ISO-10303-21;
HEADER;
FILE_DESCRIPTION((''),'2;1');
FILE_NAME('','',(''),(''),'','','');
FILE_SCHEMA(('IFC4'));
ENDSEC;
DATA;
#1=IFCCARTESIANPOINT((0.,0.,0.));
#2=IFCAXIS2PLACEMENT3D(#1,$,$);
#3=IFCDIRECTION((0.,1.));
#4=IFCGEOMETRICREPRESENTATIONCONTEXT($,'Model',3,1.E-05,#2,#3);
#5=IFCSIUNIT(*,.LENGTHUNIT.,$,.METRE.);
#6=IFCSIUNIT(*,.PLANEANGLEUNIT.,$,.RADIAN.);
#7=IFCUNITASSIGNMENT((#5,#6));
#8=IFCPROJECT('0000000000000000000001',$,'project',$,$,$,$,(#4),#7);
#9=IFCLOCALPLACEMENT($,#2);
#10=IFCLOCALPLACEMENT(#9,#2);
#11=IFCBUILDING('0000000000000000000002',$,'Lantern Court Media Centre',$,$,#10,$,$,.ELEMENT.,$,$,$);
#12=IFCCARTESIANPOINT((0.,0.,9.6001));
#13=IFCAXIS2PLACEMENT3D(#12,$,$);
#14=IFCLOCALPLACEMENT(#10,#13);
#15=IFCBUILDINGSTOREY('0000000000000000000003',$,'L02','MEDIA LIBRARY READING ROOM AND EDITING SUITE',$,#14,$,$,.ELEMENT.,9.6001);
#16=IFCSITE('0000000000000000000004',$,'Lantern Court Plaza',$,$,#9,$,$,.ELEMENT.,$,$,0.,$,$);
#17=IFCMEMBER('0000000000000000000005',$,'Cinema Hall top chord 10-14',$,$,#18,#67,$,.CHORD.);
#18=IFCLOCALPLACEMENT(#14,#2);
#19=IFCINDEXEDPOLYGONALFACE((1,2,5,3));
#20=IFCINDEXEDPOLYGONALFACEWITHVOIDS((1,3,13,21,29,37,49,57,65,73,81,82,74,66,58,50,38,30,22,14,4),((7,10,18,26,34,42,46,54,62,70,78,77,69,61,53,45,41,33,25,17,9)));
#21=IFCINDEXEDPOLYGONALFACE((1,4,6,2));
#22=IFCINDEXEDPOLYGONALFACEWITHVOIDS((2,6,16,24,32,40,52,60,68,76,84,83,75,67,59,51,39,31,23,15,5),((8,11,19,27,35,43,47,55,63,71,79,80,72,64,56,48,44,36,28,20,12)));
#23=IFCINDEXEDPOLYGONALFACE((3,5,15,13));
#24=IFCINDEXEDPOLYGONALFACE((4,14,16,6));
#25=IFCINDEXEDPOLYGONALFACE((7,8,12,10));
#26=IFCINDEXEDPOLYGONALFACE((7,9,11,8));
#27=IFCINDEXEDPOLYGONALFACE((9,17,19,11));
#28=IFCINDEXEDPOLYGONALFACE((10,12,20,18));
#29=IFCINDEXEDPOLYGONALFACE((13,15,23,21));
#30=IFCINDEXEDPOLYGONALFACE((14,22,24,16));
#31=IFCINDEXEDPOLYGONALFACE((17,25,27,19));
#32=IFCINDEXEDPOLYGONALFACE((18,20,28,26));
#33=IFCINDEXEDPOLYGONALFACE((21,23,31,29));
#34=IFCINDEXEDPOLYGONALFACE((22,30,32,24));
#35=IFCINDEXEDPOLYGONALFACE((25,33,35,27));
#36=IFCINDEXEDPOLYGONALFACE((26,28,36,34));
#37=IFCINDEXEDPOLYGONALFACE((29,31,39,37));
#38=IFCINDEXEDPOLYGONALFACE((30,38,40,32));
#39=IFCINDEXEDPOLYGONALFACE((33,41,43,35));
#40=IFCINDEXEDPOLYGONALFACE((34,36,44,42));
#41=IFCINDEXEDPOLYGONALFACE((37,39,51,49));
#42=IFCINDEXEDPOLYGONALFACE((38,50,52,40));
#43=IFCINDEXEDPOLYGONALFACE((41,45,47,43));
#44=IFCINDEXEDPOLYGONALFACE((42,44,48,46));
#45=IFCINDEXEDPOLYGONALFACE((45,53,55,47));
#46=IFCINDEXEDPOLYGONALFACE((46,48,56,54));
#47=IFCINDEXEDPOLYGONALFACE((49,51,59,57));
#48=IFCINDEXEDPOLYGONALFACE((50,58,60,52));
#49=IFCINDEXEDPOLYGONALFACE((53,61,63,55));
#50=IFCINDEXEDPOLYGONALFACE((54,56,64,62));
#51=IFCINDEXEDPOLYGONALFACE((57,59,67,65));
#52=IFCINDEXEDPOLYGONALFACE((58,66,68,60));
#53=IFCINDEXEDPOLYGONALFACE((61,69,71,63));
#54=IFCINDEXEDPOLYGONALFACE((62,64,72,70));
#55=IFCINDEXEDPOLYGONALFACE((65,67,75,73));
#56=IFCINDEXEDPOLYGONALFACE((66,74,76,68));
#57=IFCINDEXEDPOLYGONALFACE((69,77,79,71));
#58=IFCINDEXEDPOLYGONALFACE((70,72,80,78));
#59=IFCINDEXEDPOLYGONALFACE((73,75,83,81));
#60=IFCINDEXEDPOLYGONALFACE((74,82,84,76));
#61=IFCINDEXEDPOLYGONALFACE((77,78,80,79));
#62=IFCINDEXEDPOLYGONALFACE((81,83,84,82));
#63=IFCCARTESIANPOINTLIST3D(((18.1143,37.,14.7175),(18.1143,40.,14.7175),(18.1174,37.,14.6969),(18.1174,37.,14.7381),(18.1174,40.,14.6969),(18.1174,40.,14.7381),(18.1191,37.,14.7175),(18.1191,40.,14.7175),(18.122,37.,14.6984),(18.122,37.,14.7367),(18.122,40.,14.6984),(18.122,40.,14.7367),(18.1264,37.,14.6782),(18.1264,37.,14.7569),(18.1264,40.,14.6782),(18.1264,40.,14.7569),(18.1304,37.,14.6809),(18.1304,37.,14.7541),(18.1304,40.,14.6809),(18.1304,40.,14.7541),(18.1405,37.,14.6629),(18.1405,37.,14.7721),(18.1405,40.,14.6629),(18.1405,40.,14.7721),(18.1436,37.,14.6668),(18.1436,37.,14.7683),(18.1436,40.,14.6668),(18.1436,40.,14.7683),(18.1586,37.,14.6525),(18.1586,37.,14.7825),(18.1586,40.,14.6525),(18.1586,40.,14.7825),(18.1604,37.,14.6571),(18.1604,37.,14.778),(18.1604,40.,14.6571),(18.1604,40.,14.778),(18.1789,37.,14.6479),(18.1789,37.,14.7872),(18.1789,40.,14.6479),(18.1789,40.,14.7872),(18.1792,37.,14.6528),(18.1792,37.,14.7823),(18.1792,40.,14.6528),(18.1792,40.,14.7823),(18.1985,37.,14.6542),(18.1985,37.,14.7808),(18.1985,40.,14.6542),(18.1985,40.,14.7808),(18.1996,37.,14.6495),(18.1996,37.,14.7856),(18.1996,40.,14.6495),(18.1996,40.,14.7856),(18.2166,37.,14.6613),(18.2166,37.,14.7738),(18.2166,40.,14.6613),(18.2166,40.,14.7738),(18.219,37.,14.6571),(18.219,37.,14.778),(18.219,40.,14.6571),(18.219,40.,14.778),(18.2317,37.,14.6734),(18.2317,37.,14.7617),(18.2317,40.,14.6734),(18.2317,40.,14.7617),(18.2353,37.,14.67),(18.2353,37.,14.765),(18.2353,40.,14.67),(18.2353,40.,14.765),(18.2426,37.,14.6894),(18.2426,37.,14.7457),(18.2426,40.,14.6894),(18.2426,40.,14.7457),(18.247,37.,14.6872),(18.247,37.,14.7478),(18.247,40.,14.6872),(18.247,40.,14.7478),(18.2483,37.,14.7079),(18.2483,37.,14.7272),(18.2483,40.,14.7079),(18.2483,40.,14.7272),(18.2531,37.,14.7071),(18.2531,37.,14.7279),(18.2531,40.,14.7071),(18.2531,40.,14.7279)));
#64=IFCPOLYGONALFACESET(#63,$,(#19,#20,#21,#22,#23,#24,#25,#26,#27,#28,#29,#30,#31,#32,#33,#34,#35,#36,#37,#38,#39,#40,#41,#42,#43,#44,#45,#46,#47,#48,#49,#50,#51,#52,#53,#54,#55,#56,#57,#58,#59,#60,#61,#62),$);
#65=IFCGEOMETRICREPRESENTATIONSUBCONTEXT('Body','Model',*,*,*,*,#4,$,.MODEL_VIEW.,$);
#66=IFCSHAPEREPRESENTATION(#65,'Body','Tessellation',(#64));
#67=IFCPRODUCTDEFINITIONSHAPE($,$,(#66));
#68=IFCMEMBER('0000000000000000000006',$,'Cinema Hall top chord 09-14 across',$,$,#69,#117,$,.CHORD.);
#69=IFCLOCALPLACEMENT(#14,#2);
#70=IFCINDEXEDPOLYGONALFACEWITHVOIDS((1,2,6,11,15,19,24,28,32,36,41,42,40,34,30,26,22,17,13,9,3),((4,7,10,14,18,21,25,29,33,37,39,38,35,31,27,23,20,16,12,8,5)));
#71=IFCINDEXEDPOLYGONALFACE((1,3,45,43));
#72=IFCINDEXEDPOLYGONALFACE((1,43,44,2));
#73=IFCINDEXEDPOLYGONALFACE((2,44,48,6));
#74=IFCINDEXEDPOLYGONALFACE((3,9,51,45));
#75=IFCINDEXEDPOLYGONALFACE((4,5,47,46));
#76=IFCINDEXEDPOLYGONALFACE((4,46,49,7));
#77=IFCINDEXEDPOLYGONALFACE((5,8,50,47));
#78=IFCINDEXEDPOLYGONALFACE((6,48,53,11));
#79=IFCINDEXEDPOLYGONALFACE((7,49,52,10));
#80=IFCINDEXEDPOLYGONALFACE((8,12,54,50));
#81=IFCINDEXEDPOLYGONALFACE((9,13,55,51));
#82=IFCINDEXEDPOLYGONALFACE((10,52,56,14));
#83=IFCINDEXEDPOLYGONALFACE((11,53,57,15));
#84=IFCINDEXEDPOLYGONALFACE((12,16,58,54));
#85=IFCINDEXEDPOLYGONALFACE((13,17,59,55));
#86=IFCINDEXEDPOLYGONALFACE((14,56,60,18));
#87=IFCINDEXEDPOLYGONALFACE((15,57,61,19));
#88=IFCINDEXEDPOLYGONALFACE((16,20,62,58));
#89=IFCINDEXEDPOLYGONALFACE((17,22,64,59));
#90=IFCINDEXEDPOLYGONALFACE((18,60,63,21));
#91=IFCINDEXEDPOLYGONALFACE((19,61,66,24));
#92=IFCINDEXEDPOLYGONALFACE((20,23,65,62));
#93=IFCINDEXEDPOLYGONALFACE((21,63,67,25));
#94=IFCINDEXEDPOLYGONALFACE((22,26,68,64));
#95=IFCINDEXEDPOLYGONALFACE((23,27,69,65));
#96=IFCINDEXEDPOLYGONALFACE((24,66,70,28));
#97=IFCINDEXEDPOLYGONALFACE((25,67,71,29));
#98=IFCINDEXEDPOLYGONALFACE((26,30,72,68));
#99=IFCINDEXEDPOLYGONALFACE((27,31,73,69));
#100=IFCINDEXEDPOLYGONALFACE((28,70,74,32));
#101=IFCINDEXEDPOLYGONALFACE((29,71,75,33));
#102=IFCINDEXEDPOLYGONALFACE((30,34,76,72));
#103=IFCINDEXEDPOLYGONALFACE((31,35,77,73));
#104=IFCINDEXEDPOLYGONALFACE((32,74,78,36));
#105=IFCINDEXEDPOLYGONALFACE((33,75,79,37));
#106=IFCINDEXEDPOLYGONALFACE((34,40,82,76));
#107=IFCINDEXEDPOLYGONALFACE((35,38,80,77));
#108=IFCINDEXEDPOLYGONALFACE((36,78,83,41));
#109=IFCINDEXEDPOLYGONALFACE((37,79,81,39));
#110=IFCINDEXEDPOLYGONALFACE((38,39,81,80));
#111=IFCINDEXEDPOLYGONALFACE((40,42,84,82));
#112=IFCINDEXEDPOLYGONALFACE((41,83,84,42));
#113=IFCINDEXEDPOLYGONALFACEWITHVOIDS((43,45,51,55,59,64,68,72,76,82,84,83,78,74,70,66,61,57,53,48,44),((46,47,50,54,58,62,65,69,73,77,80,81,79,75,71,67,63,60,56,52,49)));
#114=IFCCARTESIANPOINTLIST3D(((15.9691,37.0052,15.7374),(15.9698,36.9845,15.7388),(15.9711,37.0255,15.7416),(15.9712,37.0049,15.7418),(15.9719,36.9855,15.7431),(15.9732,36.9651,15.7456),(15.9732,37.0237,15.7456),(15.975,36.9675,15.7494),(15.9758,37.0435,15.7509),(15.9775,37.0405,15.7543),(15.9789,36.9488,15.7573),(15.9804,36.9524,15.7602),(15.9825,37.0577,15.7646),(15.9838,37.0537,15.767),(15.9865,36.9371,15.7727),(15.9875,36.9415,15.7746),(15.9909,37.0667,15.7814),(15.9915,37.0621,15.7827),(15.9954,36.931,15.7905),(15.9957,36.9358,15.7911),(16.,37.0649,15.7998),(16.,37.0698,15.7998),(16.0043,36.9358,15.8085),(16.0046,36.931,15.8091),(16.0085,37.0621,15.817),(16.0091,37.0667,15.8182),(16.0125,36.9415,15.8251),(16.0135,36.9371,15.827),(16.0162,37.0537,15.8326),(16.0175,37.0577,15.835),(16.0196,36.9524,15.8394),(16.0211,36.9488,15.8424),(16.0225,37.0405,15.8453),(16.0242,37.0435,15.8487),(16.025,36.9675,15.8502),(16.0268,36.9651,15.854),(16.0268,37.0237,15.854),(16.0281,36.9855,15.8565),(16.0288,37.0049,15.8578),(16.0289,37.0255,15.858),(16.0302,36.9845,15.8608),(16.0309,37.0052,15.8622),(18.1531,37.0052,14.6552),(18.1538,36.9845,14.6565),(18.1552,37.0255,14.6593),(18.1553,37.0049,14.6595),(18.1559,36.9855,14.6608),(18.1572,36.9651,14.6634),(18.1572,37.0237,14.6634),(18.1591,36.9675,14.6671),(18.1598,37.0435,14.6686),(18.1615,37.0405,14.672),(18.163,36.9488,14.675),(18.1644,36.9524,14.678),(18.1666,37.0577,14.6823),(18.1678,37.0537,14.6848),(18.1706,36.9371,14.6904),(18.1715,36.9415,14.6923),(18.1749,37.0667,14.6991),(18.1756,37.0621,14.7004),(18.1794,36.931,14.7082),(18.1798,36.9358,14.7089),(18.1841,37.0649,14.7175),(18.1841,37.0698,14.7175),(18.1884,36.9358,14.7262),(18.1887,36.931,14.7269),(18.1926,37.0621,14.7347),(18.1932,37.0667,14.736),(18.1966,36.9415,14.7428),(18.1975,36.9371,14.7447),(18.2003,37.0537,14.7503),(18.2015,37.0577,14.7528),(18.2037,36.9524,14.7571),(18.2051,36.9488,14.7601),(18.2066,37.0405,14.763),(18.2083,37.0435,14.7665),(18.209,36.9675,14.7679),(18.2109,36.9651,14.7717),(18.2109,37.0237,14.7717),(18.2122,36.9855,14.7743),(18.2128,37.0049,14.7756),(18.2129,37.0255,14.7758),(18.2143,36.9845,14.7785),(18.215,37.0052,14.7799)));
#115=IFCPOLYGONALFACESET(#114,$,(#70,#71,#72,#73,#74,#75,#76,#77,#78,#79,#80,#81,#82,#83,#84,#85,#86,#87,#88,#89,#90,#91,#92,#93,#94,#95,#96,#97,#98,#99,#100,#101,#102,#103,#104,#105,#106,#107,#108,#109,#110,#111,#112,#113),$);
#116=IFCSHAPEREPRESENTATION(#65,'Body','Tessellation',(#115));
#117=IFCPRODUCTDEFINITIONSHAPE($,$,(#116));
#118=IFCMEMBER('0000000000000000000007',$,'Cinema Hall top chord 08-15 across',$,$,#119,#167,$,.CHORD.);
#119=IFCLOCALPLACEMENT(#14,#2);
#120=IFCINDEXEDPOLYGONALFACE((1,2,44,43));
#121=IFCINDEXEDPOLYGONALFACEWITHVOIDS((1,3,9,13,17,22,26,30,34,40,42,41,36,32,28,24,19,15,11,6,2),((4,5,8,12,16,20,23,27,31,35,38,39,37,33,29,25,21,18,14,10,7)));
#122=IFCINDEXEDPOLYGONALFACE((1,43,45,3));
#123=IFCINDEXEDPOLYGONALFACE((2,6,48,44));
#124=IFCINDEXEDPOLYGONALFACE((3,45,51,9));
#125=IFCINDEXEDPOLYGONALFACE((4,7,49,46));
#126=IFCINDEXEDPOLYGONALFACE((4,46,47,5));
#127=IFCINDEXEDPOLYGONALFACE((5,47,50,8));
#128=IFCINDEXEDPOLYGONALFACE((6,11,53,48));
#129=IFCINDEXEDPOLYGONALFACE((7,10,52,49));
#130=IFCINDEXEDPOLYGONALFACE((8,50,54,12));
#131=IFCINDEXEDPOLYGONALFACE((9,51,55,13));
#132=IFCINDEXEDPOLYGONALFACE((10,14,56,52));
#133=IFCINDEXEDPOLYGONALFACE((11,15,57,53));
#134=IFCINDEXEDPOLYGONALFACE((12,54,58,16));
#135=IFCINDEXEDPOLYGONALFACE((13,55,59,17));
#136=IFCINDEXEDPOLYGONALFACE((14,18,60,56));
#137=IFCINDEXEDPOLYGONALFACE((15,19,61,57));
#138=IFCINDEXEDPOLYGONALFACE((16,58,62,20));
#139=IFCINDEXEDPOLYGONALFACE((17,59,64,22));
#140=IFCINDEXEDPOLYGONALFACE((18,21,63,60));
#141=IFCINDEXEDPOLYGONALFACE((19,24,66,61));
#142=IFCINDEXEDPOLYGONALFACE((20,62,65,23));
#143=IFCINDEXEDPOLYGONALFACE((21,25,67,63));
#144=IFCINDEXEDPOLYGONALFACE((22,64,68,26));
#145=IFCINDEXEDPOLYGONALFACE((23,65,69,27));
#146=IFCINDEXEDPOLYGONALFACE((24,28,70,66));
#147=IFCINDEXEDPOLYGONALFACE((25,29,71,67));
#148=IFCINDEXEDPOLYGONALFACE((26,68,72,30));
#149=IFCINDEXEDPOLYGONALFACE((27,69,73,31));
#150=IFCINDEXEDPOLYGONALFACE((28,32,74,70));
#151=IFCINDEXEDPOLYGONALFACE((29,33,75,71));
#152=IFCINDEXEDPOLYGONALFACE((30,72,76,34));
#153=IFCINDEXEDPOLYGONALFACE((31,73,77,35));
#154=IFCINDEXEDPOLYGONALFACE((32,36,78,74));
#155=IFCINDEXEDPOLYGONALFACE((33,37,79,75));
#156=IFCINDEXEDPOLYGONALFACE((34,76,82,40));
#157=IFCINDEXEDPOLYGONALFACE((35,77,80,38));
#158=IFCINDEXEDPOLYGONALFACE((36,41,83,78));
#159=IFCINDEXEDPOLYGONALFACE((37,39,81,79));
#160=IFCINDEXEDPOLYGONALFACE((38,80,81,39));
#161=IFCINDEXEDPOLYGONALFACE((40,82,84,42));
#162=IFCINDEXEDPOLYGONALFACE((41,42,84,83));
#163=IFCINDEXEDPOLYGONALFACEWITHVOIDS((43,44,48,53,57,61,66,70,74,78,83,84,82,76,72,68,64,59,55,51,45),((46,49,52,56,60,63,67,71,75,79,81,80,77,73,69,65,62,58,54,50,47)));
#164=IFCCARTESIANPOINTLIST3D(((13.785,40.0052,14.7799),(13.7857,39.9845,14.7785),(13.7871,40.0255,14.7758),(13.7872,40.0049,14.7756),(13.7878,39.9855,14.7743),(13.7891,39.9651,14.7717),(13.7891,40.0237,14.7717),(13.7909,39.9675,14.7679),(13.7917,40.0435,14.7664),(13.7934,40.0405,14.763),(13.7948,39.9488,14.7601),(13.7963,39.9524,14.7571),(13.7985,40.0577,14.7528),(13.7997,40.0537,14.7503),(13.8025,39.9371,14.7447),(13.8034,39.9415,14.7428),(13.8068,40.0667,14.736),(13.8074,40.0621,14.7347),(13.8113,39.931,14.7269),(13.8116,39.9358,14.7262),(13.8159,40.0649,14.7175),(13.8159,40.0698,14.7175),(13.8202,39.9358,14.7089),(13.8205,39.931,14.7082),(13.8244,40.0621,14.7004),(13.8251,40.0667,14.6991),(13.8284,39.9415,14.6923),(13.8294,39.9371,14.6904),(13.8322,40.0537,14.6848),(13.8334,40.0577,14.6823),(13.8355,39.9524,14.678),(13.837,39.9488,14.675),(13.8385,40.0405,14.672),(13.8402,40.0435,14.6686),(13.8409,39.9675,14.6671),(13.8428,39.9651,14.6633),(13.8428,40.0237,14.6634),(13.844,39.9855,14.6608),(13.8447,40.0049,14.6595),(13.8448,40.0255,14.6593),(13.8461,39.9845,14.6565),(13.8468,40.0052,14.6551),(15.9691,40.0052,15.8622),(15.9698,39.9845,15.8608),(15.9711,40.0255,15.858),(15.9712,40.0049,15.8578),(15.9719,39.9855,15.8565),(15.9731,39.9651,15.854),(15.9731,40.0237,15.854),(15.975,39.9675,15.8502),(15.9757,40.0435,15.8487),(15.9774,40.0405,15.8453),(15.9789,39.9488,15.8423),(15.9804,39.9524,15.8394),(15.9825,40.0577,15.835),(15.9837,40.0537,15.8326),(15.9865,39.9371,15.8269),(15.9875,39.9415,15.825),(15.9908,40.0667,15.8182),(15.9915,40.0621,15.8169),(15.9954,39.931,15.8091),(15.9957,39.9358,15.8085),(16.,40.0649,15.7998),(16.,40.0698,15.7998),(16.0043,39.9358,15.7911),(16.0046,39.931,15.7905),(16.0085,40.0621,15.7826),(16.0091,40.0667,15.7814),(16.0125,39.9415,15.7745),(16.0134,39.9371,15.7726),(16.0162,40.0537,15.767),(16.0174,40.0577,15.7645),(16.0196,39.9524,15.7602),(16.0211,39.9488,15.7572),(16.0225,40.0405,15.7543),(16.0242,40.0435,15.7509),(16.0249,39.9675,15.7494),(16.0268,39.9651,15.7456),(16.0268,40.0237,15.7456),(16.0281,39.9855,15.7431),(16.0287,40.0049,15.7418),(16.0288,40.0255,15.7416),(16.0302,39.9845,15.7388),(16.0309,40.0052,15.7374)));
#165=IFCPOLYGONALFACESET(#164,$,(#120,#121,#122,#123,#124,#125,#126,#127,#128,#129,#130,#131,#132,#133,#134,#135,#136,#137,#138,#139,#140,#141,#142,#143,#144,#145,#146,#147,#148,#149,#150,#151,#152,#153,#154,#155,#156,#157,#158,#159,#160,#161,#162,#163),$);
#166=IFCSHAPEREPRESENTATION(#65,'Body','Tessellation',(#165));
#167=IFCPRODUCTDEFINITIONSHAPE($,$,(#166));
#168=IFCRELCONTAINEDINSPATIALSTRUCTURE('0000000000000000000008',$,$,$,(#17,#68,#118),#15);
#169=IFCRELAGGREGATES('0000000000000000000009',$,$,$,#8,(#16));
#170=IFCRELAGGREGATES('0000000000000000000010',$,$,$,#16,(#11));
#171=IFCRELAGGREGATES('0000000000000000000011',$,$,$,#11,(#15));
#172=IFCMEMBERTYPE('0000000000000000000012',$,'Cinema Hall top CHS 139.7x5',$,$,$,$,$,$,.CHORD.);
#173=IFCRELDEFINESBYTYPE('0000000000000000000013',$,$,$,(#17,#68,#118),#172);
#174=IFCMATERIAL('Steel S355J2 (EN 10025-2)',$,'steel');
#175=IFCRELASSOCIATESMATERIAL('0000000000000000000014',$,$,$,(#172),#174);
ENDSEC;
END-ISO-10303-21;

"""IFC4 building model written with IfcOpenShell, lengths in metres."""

from ifc_helpers import new_model, si_unit, direction, frame, origin, origin_2d, place, context, subcontext, project, spatial, hollow_circle, extrude, material, material_profile, profile_set, type_object, element, save


model = new_model("IFC4")

# Units and contexts
model_context = context("Model", 3, precision=1e-05, world=origin(), true_north=direction((0.0, 1.0)))
body_context = subcontext(model_context, "Body", "Model", "MODEL_VIEW")
ifc_project = project(units=[si_unit("LENGTHUNIT", "METRE"), si_unit("PLANEANGLEUNIT", "RADIAN")], contexts=[model_context])

# Site, building, storey
site_placement = place(None, origin())
site = spatial("IfcSite", under=ifc_project, at=site_placement, Name="Lantern Court Plaza", CompositionType="ELEMENT", RefElevation=0.0)
building_placement = place(site_placement, origin())
building = spatial("IfcBuilding", under=site, at=building_placement, Name="Lantern Court Media Centre", CompositionType="ELEMENT")
storey_placement = place(building_placement, frame((0.0, 0.0, 9.6001)))
storey = spatial("IfcBuildingStorey", under=building, at=storey_placement, Name="L02", Description="MEDIA LIBRARY READING ROOM AND EDITING SUITE", CompositionType="ELEMENT", Elevation=9.6001)

# Members
ifc_material = material(Name="Steel S355J2 (EN 10025-2)", Category="steel")
ifc_material_profile_1 = material_profile(ifc_material, hollow_circle(Radius=0.0698, WallThickness=0.0049, at=origin_2d()), Name="Cinema Hall top CHS 139.7x5")
ifc_profile_set_1 = profile_set([ifc_material_profile_1], Name="Steel S355J2 (EN 10025-2)")
member_type_1 = type_object("IfcMemberType", Name="Cinema Hall top CHS 139.7x5", PredefinedType="CHORD", material=ifc_profile_set_1)
member_1_placement = place(storey_placement, frame((18.1841, 37.0, 14.7175), z_axis=(0.0, 1.0, 0.0), x_axis=(-1.0, 0.0, 0.0)))
element("IfcMember", 1, at=member_1_placement, inside=storey, type_object=member_type_1, Name="Cinema Hall top chord 10-14", PredefinedType="CHORD", context=body_context, shape_type="SweptSolid", body=[
    extrude(hollow_circle(Radius=0.0698, WallThickness=0.0049, at=origin_2d()), origin(), (0.0, 0.0, 1.0), 3.0),
])
for number, where, z_axis, x_axis, name in (
    (2, (16.0, 37.0, 15.7998), (0.896024, 0.0, -0.444006), (0.0, 1.0, 0.0), "Cinema Hall top chord 09-14 across"),
    (3, (13.8159, 40.0, 14.7175), (0.896024, 0.0, 0.444006), (0.0, 1.0, 0.0), "Cinema Hall top chord 08-15 across"),
):
    element("IfcMember", number, at=place(storey_placement, frame(where, z_axis=z_axis, x_axis=x_axis)), inside=storey, type_object=member_type_1, Name=name, PredefinedType="CHORD", context=body_context, shape_type="SweptSolid", body=[
        extrude(hollow_circle(Radius=0.0698, WallThickness=0.0049, at=origin_2d()), origin(), (0.0, 0.0, 1.0), 2.4375),
    ])

save(model, "model.ifc")
